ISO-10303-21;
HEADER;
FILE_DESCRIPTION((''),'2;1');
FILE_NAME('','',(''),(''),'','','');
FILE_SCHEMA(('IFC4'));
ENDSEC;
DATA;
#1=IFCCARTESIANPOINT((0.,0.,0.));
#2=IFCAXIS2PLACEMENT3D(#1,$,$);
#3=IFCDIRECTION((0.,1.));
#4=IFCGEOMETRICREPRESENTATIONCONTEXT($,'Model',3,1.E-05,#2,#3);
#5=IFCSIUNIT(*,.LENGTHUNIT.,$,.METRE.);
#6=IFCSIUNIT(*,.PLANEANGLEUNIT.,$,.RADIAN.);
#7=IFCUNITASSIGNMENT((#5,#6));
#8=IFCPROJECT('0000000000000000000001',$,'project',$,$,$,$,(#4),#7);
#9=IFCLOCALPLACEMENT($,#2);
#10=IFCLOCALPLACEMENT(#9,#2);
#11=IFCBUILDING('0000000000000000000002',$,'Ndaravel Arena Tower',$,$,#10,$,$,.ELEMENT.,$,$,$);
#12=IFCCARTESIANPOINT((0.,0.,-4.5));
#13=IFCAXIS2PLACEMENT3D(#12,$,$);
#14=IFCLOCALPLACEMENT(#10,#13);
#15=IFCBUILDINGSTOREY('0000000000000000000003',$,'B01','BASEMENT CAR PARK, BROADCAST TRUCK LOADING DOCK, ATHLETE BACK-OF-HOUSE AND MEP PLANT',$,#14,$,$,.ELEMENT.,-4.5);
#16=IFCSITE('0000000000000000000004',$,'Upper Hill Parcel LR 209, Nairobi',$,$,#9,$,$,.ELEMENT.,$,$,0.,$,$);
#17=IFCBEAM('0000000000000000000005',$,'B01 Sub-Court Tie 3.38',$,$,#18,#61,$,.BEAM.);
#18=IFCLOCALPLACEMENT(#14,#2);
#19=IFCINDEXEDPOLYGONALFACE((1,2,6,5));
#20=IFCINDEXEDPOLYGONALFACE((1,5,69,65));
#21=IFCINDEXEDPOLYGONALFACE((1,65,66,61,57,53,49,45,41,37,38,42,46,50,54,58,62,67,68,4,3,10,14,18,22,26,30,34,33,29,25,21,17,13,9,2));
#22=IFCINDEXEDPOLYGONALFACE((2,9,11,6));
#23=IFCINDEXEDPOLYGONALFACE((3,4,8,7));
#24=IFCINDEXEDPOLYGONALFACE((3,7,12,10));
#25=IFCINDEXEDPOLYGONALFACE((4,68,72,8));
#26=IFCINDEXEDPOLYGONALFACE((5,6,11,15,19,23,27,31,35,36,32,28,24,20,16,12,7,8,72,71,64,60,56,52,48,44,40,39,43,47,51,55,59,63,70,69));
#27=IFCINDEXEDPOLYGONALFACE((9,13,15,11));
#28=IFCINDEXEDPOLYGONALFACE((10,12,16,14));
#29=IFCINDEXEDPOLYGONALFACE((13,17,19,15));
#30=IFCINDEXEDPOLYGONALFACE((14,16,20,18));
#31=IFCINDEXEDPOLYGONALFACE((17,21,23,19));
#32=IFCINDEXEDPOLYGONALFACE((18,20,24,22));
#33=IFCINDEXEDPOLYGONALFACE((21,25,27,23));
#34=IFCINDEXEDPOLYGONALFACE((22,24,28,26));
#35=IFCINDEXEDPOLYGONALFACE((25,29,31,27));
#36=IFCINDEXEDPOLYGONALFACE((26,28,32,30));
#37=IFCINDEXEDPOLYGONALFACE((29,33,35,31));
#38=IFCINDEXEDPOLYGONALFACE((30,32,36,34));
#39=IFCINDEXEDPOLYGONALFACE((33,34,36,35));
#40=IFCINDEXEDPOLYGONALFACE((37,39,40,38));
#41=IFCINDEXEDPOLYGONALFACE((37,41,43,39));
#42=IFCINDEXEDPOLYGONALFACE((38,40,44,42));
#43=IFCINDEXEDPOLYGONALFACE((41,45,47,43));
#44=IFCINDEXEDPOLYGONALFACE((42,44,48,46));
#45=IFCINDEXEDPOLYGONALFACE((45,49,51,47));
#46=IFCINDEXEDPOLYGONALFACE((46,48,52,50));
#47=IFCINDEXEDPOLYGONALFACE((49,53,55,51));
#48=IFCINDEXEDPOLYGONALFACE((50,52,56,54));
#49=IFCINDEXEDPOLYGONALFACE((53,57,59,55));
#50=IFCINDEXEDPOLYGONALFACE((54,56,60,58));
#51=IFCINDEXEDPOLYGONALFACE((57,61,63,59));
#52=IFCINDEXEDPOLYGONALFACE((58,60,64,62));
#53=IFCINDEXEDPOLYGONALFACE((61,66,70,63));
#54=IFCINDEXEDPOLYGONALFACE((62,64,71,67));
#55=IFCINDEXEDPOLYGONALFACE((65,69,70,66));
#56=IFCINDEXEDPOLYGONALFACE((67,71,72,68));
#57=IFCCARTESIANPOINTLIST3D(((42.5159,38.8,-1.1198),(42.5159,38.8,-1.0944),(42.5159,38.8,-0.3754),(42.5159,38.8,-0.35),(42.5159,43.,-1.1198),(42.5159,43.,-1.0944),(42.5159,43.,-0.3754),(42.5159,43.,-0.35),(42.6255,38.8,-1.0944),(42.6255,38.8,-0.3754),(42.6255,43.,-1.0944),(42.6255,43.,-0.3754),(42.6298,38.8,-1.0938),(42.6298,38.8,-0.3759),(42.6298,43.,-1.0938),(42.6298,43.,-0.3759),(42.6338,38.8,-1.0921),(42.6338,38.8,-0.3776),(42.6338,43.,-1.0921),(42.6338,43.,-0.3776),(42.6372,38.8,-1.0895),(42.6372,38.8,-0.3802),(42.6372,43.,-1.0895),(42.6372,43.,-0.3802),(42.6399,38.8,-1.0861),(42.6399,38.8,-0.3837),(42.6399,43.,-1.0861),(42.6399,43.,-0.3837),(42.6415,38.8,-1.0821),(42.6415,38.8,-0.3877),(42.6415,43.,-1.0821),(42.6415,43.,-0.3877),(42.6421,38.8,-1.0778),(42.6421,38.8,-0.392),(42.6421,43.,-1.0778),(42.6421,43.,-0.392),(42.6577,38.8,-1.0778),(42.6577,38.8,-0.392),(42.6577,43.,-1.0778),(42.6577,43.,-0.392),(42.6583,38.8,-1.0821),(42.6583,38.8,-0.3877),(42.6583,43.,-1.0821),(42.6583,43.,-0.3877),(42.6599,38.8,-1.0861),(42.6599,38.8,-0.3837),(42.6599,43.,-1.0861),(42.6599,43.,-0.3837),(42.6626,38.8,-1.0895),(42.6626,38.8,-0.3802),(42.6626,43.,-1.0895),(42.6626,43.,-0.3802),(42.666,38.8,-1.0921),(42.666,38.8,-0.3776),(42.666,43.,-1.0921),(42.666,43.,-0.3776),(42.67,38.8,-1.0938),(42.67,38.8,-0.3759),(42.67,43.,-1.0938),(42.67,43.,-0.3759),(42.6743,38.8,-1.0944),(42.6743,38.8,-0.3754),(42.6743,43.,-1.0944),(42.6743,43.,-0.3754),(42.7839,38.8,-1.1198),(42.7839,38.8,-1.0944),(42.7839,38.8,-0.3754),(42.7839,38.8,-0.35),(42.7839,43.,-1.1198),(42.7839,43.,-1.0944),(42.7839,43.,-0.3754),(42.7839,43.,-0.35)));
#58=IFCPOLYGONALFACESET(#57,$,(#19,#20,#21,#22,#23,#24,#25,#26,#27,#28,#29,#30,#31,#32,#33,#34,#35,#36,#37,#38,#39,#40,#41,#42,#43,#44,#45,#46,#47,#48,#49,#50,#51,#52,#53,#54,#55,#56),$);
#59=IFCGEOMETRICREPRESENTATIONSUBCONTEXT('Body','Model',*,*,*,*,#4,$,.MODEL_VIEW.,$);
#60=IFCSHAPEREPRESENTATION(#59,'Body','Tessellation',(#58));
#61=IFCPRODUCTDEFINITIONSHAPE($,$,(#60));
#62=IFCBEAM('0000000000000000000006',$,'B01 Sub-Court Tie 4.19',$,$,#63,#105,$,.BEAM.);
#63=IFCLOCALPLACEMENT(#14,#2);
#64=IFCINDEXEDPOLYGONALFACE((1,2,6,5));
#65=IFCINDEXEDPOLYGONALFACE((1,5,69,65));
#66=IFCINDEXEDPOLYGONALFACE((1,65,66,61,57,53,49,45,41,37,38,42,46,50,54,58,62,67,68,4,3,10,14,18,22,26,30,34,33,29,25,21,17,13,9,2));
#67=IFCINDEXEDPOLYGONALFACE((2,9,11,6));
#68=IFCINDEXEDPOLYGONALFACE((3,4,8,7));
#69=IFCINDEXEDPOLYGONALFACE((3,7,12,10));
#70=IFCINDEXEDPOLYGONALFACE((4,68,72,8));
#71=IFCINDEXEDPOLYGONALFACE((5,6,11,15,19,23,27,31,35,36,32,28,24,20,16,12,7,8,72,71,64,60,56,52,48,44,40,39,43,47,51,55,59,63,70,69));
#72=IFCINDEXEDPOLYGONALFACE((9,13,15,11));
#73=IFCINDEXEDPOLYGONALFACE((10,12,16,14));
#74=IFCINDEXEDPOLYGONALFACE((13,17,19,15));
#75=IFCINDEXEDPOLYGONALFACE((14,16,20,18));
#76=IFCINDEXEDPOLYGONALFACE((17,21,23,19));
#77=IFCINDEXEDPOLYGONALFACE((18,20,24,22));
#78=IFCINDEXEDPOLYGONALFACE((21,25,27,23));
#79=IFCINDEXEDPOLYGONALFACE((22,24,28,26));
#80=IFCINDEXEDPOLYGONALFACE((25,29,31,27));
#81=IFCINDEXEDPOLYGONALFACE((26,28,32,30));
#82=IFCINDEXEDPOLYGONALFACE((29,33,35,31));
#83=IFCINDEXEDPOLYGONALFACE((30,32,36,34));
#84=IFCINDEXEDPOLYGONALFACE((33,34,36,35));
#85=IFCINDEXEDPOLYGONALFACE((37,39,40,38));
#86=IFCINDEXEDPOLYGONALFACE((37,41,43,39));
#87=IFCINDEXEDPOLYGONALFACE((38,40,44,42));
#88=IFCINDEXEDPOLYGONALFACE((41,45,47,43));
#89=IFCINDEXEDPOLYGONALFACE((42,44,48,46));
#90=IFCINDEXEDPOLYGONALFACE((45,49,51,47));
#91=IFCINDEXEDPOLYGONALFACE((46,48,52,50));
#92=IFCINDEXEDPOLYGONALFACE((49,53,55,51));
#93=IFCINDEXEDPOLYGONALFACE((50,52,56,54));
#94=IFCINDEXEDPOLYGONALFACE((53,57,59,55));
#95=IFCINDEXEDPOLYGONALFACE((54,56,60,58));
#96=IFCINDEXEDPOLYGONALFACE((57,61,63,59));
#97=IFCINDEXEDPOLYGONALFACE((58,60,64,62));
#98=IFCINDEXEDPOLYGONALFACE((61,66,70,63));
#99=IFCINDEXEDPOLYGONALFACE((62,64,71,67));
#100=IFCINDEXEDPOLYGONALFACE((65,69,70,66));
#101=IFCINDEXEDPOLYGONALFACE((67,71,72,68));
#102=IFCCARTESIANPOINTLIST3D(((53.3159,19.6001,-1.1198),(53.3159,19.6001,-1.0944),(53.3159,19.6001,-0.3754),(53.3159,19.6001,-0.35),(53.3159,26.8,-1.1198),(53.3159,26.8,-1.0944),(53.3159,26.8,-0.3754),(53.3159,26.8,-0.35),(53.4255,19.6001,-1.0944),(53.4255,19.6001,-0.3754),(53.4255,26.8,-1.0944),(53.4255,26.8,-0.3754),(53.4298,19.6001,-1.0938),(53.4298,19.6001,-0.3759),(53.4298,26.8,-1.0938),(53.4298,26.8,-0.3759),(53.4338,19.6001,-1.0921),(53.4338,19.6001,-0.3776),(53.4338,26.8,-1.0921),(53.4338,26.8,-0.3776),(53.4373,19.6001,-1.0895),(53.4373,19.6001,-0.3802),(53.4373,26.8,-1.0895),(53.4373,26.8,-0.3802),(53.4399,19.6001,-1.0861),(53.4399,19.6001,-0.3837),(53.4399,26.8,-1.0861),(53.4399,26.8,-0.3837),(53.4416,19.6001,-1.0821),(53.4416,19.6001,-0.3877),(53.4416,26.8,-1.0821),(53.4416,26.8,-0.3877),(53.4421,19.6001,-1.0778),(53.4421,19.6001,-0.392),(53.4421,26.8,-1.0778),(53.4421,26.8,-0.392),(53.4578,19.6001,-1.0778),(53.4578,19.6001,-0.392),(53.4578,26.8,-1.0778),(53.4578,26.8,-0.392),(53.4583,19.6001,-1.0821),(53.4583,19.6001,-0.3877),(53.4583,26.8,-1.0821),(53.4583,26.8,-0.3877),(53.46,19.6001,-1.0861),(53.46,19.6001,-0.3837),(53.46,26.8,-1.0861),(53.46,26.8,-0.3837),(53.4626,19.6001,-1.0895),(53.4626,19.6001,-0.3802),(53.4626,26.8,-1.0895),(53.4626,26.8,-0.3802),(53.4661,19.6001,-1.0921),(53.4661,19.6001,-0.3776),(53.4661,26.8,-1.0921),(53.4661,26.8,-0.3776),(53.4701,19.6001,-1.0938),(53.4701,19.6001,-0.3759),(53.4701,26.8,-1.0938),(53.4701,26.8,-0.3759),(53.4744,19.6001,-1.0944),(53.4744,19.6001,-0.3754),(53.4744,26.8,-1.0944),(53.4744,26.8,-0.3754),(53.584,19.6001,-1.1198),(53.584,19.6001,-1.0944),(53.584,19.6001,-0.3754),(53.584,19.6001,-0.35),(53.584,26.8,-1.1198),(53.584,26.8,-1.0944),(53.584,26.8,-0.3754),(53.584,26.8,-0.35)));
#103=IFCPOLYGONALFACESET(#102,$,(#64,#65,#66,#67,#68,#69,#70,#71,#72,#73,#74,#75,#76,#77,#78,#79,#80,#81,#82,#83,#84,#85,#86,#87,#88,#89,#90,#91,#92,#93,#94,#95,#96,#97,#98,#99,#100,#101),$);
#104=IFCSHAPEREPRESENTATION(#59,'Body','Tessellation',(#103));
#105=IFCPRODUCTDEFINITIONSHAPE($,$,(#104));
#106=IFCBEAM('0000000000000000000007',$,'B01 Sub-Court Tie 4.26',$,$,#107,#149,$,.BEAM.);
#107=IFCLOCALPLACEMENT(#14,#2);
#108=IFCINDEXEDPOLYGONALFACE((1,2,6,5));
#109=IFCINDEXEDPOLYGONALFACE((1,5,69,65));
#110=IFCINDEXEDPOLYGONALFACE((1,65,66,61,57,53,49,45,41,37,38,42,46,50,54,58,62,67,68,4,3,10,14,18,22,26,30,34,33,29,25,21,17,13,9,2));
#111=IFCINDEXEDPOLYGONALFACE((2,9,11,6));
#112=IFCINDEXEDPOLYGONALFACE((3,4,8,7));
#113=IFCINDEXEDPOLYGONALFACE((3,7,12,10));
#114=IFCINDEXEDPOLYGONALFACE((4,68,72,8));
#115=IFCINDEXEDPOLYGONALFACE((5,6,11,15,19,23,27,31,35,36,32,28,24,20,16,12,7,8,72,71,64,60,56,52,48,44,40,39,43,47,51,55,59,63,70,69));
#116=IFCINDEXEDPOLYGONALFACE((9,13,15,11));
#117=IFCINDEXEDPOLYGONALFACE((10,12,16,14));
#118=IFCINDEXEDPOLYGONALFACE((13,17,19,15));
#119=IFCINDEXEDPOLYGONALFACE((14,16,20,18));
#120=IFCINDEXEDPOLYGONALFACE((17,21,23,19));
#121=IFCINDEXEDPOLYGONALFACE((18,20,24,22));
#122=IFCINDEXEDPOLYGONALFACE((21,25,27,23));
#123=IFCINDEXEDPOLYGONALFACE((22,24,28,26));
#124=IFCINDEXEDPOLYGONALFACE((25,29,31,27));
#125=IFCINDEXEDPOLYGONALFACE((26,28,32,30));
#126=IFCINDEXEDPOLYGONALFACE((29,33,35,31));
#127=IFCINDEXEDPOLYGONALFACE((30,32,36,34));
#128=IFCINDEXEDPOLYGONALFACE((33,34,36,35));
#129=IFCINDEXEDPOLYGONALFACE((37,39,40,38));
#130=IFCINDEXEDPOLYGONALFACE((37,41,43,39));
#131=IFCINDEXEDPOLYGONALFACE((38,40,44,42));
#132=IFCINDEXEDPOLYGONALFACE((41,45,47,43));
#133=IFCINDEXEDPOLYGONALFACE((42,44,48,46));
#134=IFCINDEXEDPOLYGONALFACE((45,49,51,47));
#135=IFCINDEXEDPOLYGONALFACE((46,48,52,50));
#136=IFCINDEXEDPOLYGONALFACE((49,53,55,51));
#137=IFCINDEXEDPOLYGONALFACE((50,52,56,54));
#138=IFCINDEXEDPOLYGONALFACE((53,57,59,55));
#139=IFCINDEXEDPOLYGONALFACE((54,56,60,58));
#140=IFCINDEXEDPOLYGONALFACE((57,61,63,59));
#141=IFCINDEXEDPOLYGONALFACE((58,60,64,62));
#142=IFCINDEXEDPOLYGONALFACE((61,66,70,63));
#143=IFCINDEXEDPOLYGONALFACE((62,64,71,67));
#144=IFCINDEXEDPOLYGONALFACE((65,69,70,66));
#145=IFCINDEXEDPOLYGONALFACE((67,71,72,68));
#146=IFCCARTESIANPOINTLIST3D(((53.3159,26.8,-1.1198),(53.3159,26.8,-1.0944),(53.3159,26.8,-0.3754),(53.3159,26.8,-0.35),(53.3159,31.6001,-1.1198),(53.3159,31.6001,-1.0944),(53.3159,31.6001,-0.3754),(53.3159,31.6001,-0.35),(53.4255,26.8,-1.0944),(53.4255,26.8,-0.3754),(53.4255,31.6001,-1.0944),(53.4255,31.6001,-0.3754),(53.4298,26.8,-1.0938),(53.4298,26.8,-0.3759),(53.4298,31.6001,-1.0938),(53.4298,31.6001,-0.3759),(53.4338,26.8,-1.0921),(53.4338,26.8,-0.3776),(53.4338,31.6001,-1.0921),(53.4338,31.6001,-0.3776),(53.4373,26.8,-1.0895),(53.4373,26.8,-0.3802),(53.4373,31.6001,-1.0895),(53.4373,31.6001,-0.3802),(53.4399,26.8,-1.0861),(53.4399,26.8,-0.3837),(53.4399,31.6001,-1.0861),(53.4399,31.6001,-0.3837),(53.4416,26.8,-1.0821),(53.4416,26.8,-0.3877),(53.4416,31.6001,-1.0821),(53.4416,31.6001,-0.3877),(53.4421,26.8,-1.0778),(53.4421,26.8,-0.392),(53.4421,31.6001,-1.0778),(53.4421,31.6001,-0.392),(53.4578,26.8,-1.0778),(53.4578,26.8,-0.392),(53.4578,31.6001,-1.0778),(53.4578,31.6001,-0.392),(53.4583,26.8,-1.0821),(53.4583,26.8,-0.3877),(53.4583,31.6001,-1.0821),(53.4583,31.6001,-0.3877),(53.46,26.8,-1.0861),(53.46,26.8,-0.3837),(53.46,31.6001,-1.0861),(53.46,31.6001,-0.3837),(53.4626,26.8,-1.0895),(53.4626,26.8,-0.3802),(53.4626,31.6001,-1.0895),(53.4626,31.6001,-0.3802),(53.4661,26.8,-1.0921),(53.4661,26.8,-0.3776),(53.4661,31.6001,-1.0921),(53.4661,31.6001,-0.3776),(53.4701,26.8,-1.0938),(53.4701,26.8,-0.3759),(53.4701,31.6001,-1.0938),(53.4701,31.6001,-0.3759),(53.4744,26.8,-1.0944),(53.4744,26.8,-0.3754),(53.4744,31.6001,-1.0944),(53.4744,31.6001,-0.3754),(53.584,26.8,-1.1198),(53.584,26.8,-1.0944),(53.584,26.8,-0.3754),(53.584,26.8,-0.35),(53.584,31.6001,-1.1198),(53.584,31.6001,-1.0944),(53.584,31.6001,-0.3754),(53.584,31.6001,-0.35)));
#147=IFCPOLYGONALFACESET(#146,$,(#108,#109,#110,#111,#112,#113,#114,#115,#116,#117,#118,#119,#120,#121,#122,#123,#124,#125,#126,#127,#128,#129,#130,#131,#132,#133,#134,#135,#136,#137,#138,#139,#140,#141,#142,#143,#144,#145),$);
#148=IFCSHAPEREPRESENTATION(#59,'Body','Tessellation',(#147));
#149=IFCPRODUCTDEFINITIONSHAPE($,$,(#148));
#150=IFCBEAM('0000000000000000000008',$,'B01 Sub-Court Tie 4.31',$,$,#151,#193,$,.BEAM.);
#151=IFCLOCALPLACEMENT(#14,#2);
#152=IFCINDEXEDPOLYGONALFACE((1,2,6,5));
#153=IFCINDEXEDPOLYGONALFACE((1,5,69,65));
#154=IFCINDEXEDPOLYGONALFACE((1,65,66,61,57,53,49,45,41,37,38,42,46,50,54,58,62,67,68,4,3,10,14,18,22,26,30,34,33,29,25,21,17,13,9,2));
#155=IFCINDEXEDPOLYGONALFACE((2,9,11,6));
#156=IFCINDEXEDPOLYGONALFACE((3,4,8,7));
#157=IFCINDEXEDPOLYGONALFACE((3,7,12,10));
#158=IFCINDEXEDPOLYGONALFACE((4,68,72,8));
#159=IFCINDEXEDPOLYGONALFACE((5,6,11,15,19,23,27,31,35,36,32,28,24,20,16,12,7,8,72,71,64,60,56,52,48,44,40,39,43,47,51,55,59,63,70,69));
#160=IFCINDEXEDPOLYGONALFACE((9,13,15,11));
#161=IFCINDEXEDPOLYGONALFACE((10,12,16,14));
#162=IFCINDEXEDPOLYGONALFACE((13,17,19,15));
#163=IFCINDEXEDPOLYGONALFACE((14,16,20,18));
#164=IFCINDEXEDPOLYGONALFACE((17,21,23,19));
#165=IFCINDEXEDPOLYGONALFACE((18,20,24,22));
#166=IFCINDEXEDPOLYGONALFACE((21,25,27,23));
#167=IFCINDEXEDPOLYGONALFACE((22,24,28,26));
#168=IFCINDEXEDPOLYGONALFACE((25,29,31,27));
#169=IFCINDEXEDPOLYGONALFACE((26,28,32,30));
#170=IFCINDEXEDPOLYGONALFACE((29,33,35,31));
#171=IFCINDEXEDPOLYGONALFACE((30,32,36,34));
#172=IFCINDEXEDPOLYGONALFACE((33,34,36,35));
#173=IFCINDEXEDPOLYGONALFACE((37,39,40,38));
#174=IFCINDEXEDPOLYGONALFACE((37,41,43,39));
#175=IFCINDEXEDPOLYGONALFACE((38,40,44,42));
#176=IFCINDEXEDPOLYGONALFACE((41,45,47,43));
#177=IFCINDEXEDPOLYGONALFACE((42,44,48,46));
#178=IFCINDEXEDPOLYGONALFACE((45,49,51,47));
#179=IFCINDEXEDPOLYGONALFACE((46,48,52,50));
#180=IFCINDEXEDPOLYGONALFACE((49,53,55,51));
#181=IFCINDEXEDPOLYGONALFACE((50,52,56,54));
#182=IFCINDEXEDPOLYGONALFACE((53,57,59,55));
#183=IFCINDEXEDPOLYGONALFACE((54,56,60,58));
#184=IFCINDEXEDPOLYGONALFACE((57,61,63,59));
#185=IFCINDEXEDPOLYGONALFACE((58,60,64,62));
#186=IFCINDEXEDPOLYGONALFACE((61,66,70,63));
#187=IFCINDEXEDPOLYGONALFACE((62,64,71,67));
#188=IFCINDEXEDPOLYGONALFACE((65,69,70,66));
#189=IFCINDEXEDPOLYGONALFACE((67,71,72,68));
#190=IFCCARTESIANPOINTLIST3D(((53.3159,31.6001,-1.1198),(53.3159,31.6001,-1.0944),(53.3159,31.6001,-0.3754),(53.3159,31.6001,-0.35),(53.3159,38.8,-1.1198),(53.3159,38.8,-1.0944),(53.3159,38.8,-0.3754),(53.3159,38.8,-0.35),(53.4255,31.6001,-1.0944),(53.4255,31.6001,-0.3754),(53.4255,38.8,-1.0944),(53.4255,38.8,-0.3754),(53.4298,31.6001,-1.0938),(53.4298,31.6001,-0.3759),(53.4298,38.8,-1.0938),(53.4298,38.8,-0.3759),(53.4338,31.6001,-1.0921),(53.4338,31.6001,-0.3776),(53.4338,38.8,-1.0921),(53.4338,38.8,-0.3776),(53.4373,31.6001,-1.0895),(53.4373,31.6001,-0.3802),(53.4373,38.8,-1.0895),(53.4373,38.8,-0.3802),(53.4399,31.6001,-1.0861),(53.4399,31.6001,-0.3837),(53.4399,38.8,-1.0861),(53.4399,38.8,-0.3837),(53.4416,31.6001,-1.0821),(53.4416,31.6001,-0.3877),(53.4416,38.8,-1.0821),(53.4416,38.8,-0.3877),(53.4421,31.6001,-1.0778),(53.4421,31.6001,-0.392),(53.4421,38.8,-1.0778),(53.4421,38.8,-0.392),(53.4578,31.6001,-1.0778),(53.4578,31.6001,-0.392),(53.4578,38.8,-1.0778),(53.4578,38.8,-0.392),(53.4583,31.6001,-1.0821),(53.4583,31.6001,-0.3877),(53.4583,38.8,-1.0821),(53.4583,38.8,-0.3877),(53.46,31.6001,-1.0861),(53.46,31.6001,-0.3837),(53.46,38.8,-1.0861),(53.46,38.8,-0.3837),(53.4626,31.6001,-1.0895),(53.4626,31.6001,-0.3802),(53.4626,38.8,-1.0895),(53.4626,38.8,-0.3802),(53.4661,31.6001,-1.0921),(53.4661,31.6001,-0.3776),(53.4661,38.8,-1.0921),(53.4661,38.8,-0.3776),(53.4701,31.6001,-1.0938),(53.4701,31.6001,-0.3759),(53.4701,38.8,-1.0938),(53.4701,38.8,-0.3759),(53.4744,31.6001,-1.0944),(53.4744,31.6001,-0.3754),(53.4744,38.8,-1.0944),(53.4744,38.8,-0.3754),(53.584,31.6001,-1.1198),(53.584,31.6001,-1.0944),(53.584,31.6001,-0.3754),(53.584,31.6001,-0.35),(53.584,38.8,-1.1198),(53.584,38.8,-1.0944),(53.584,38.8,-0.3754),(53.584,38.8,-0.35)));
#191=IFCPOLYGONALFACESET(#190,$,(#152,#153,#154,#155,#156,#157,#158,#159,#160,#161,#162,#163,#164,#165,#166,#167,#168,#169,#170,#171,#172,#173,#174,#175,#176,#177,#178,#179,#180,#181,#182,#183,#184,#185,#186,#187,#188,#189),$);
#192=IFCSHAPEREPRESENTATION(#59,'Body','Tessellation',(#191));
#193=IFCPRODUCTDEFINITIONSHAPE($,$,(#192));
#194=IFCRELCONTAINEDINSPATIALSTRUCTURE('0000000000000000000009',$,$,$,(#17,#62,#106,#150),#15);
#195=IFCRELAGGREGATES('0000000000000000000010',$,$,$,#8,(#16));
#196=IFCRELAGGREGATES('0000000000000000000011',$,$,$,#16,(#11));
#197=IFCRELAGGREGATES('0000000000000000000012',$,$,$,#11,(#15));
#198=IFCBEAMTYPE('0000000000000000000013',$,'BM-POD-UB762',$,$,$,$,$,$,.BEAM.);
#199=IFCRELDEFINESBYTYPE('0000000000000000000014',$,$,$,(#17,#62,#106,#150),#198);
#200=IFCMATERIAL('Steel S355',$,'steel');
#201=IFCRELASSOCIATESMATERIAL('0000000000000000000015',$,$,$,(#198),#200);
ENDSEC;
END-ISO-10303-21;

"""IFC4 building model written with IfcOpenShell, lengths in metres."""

from ifc_helpers import new_model, si_unit, direction, frame, origin, origin_2d, place, context, subcontext, project, spatial, i_section, extrude, material, material_profile, profile_set, type_object, element, save


model = new_model("IFC4")

# Units and contexts
model_context = context("Model", 3, precision=1e-05, world=origin(), true_north=direction((0.0, 1.0)))
body_context = subcontext(model_context, "Body", "Model", "MODEL_VIEW")
ifc_project = project(units=[si_unit("LENGTHUNIT", "METRE"), si_unit("PLANEANGLEUNIT", "RADIAN")], contexts=[model_context])

# Site, building, storey
site_placement = place(None, origin())
site = spatial("IfcSite", under=ifc_project, at=site_placement, Name="Upper Hill Parcel LR 209, Nairobi", CompositionType="ELEMENT", RefElevation=0.0)
building_placement = place(site_placement, origin())
building = spatial("IfcBuilding", under=site, at=building_placement, Name="Ndaravel Arena Tower", CompositionType="ELEMENT")
storey_placement = place(building_placement, frame((0.0, 0.0, -4.5)))
storey = spatial("IfcBuildingStorey", under=building, at=storey_placement, Name="B01", Description="BASEMENT CAR PARK, BROADCAST TRUCK LOADING DOCK, ATHLETE BACK-OF-HOUSE AND MEP PLANT", CompositionType="ELEMENT", Elevation=-4.5)

# Beams
ifc_material_1 = material(Name="Steel S355", Category="steel")
ifc_material_profile_1 = material_profile(ifc_material_1, i_section(OverallWidth=0.2681, OverallDepth=0.7698, WebThickness=0.0156, FlangeThickness=0.0254, FilletRadius=0.0166, at=origin_2d()), Name="UB 762x267x197")
ifc_profile_set_1 = profile_set([ifc_material_profile_1], Name="Steel S355")
beam_type_1 = type_object("IfcBeamType", Name="BM-POD-UB762", PredefinedType="BEAM", material=ifc_profile_set_1)
beam_1_placement = place(storey_placement, frame((42.6499, 38.8, -0.7349), z_axis=(0.0, 1.0, 0.0), x_axis=(-1.0, 0.0, 0.0)))
element("IfcBeam", 1, at=beam_1_placement, inside=storey, type_object=beam_type_1, Name="B01 Sub-Court Tie 3.38", PredefinedType="BEAM", context=body_context, shape_type="SweptSolid", body=[
    extrude(i_section(OverallWidth=0.2681, OverallDepth=0.7698, WebThickness=0.0156, FlangeThickness=0.0254, FilletRadius=0.0166, at=origin_2d()), origin(), (0.0, 0.0, 1.0), 4.2),
])
beam_2_placement = place(storey_placement, frame((53.45, 19.6001, -0.7349), z_axis=(0.0, 1.0, 0.0), x_axis=(-1.0, 0.0, 0.0)))
element("IfcBeam", 2, at=beam_2_placement, inside=storey, type_object=beam_type_1, Name="B01 Sub-Court Tie 4.19", PredefinedType="BEAM", context=body_context, shape_type="SweptSolid", body=[
    extrude(i_section(OverallWidth=0.2681, OverallDepth=0.7698, WebThickness=0.0156, FlangeThickness=0.0254, FilletRadius=0.0166, at=origin_2d()), origin(), (0.0, 0.0, 1.0), 7.2),
])
beam_3_placement = place(storey_placement, frame((53.45, 26.8, -0.7349), z_axis=(0.0, 1.0, 0.0), x_axis=(-1.0, 0.0, 0.0)))
element("IfcBeam", 3, at=beam_3_placement, inside=storey, type_object=beam_type_1, Name="B01 Sub-Court Tie 4.26", PredefinedType="BEAM", context=body_context, shape_type="SweptSolid", body=[
    extrude(i_section(OverallWidth=0.2681, OverallDepth=0.7698, WebThickness=0.0156, FlangeThickness=0.0254, FilletRadius=0.0166, at=origin_2d()), origin(), (0.0, 0.0, 1.0), 4.8),
])
beam_4_placement = place(storey_placement, frame((53.45, 31.6001, -0.7349), z_axis=(0.0, 1.0, 0.0), x_axis=(-1.0, 0.0, 0.0)))
element("IfcBeam", 4, at=beam_4_placement, inside=storey, type_object=beam_type_1, Name="B01 Sub-Court Tie 4.31", PredefinedType="BEAM", context=body_context, shape_type="SweptSolid", body=[
    extrude(i_section(OverallWidth=0.2681, OverallDepth=0.7698, WebThickness=0.0156, FlangeThickness=0.0254, FilletRadius=0.0166, at=origin_2d()), origin(), (0.0, 0.0, 1.0), 7.2),
])

save(model, "model.ifc")
